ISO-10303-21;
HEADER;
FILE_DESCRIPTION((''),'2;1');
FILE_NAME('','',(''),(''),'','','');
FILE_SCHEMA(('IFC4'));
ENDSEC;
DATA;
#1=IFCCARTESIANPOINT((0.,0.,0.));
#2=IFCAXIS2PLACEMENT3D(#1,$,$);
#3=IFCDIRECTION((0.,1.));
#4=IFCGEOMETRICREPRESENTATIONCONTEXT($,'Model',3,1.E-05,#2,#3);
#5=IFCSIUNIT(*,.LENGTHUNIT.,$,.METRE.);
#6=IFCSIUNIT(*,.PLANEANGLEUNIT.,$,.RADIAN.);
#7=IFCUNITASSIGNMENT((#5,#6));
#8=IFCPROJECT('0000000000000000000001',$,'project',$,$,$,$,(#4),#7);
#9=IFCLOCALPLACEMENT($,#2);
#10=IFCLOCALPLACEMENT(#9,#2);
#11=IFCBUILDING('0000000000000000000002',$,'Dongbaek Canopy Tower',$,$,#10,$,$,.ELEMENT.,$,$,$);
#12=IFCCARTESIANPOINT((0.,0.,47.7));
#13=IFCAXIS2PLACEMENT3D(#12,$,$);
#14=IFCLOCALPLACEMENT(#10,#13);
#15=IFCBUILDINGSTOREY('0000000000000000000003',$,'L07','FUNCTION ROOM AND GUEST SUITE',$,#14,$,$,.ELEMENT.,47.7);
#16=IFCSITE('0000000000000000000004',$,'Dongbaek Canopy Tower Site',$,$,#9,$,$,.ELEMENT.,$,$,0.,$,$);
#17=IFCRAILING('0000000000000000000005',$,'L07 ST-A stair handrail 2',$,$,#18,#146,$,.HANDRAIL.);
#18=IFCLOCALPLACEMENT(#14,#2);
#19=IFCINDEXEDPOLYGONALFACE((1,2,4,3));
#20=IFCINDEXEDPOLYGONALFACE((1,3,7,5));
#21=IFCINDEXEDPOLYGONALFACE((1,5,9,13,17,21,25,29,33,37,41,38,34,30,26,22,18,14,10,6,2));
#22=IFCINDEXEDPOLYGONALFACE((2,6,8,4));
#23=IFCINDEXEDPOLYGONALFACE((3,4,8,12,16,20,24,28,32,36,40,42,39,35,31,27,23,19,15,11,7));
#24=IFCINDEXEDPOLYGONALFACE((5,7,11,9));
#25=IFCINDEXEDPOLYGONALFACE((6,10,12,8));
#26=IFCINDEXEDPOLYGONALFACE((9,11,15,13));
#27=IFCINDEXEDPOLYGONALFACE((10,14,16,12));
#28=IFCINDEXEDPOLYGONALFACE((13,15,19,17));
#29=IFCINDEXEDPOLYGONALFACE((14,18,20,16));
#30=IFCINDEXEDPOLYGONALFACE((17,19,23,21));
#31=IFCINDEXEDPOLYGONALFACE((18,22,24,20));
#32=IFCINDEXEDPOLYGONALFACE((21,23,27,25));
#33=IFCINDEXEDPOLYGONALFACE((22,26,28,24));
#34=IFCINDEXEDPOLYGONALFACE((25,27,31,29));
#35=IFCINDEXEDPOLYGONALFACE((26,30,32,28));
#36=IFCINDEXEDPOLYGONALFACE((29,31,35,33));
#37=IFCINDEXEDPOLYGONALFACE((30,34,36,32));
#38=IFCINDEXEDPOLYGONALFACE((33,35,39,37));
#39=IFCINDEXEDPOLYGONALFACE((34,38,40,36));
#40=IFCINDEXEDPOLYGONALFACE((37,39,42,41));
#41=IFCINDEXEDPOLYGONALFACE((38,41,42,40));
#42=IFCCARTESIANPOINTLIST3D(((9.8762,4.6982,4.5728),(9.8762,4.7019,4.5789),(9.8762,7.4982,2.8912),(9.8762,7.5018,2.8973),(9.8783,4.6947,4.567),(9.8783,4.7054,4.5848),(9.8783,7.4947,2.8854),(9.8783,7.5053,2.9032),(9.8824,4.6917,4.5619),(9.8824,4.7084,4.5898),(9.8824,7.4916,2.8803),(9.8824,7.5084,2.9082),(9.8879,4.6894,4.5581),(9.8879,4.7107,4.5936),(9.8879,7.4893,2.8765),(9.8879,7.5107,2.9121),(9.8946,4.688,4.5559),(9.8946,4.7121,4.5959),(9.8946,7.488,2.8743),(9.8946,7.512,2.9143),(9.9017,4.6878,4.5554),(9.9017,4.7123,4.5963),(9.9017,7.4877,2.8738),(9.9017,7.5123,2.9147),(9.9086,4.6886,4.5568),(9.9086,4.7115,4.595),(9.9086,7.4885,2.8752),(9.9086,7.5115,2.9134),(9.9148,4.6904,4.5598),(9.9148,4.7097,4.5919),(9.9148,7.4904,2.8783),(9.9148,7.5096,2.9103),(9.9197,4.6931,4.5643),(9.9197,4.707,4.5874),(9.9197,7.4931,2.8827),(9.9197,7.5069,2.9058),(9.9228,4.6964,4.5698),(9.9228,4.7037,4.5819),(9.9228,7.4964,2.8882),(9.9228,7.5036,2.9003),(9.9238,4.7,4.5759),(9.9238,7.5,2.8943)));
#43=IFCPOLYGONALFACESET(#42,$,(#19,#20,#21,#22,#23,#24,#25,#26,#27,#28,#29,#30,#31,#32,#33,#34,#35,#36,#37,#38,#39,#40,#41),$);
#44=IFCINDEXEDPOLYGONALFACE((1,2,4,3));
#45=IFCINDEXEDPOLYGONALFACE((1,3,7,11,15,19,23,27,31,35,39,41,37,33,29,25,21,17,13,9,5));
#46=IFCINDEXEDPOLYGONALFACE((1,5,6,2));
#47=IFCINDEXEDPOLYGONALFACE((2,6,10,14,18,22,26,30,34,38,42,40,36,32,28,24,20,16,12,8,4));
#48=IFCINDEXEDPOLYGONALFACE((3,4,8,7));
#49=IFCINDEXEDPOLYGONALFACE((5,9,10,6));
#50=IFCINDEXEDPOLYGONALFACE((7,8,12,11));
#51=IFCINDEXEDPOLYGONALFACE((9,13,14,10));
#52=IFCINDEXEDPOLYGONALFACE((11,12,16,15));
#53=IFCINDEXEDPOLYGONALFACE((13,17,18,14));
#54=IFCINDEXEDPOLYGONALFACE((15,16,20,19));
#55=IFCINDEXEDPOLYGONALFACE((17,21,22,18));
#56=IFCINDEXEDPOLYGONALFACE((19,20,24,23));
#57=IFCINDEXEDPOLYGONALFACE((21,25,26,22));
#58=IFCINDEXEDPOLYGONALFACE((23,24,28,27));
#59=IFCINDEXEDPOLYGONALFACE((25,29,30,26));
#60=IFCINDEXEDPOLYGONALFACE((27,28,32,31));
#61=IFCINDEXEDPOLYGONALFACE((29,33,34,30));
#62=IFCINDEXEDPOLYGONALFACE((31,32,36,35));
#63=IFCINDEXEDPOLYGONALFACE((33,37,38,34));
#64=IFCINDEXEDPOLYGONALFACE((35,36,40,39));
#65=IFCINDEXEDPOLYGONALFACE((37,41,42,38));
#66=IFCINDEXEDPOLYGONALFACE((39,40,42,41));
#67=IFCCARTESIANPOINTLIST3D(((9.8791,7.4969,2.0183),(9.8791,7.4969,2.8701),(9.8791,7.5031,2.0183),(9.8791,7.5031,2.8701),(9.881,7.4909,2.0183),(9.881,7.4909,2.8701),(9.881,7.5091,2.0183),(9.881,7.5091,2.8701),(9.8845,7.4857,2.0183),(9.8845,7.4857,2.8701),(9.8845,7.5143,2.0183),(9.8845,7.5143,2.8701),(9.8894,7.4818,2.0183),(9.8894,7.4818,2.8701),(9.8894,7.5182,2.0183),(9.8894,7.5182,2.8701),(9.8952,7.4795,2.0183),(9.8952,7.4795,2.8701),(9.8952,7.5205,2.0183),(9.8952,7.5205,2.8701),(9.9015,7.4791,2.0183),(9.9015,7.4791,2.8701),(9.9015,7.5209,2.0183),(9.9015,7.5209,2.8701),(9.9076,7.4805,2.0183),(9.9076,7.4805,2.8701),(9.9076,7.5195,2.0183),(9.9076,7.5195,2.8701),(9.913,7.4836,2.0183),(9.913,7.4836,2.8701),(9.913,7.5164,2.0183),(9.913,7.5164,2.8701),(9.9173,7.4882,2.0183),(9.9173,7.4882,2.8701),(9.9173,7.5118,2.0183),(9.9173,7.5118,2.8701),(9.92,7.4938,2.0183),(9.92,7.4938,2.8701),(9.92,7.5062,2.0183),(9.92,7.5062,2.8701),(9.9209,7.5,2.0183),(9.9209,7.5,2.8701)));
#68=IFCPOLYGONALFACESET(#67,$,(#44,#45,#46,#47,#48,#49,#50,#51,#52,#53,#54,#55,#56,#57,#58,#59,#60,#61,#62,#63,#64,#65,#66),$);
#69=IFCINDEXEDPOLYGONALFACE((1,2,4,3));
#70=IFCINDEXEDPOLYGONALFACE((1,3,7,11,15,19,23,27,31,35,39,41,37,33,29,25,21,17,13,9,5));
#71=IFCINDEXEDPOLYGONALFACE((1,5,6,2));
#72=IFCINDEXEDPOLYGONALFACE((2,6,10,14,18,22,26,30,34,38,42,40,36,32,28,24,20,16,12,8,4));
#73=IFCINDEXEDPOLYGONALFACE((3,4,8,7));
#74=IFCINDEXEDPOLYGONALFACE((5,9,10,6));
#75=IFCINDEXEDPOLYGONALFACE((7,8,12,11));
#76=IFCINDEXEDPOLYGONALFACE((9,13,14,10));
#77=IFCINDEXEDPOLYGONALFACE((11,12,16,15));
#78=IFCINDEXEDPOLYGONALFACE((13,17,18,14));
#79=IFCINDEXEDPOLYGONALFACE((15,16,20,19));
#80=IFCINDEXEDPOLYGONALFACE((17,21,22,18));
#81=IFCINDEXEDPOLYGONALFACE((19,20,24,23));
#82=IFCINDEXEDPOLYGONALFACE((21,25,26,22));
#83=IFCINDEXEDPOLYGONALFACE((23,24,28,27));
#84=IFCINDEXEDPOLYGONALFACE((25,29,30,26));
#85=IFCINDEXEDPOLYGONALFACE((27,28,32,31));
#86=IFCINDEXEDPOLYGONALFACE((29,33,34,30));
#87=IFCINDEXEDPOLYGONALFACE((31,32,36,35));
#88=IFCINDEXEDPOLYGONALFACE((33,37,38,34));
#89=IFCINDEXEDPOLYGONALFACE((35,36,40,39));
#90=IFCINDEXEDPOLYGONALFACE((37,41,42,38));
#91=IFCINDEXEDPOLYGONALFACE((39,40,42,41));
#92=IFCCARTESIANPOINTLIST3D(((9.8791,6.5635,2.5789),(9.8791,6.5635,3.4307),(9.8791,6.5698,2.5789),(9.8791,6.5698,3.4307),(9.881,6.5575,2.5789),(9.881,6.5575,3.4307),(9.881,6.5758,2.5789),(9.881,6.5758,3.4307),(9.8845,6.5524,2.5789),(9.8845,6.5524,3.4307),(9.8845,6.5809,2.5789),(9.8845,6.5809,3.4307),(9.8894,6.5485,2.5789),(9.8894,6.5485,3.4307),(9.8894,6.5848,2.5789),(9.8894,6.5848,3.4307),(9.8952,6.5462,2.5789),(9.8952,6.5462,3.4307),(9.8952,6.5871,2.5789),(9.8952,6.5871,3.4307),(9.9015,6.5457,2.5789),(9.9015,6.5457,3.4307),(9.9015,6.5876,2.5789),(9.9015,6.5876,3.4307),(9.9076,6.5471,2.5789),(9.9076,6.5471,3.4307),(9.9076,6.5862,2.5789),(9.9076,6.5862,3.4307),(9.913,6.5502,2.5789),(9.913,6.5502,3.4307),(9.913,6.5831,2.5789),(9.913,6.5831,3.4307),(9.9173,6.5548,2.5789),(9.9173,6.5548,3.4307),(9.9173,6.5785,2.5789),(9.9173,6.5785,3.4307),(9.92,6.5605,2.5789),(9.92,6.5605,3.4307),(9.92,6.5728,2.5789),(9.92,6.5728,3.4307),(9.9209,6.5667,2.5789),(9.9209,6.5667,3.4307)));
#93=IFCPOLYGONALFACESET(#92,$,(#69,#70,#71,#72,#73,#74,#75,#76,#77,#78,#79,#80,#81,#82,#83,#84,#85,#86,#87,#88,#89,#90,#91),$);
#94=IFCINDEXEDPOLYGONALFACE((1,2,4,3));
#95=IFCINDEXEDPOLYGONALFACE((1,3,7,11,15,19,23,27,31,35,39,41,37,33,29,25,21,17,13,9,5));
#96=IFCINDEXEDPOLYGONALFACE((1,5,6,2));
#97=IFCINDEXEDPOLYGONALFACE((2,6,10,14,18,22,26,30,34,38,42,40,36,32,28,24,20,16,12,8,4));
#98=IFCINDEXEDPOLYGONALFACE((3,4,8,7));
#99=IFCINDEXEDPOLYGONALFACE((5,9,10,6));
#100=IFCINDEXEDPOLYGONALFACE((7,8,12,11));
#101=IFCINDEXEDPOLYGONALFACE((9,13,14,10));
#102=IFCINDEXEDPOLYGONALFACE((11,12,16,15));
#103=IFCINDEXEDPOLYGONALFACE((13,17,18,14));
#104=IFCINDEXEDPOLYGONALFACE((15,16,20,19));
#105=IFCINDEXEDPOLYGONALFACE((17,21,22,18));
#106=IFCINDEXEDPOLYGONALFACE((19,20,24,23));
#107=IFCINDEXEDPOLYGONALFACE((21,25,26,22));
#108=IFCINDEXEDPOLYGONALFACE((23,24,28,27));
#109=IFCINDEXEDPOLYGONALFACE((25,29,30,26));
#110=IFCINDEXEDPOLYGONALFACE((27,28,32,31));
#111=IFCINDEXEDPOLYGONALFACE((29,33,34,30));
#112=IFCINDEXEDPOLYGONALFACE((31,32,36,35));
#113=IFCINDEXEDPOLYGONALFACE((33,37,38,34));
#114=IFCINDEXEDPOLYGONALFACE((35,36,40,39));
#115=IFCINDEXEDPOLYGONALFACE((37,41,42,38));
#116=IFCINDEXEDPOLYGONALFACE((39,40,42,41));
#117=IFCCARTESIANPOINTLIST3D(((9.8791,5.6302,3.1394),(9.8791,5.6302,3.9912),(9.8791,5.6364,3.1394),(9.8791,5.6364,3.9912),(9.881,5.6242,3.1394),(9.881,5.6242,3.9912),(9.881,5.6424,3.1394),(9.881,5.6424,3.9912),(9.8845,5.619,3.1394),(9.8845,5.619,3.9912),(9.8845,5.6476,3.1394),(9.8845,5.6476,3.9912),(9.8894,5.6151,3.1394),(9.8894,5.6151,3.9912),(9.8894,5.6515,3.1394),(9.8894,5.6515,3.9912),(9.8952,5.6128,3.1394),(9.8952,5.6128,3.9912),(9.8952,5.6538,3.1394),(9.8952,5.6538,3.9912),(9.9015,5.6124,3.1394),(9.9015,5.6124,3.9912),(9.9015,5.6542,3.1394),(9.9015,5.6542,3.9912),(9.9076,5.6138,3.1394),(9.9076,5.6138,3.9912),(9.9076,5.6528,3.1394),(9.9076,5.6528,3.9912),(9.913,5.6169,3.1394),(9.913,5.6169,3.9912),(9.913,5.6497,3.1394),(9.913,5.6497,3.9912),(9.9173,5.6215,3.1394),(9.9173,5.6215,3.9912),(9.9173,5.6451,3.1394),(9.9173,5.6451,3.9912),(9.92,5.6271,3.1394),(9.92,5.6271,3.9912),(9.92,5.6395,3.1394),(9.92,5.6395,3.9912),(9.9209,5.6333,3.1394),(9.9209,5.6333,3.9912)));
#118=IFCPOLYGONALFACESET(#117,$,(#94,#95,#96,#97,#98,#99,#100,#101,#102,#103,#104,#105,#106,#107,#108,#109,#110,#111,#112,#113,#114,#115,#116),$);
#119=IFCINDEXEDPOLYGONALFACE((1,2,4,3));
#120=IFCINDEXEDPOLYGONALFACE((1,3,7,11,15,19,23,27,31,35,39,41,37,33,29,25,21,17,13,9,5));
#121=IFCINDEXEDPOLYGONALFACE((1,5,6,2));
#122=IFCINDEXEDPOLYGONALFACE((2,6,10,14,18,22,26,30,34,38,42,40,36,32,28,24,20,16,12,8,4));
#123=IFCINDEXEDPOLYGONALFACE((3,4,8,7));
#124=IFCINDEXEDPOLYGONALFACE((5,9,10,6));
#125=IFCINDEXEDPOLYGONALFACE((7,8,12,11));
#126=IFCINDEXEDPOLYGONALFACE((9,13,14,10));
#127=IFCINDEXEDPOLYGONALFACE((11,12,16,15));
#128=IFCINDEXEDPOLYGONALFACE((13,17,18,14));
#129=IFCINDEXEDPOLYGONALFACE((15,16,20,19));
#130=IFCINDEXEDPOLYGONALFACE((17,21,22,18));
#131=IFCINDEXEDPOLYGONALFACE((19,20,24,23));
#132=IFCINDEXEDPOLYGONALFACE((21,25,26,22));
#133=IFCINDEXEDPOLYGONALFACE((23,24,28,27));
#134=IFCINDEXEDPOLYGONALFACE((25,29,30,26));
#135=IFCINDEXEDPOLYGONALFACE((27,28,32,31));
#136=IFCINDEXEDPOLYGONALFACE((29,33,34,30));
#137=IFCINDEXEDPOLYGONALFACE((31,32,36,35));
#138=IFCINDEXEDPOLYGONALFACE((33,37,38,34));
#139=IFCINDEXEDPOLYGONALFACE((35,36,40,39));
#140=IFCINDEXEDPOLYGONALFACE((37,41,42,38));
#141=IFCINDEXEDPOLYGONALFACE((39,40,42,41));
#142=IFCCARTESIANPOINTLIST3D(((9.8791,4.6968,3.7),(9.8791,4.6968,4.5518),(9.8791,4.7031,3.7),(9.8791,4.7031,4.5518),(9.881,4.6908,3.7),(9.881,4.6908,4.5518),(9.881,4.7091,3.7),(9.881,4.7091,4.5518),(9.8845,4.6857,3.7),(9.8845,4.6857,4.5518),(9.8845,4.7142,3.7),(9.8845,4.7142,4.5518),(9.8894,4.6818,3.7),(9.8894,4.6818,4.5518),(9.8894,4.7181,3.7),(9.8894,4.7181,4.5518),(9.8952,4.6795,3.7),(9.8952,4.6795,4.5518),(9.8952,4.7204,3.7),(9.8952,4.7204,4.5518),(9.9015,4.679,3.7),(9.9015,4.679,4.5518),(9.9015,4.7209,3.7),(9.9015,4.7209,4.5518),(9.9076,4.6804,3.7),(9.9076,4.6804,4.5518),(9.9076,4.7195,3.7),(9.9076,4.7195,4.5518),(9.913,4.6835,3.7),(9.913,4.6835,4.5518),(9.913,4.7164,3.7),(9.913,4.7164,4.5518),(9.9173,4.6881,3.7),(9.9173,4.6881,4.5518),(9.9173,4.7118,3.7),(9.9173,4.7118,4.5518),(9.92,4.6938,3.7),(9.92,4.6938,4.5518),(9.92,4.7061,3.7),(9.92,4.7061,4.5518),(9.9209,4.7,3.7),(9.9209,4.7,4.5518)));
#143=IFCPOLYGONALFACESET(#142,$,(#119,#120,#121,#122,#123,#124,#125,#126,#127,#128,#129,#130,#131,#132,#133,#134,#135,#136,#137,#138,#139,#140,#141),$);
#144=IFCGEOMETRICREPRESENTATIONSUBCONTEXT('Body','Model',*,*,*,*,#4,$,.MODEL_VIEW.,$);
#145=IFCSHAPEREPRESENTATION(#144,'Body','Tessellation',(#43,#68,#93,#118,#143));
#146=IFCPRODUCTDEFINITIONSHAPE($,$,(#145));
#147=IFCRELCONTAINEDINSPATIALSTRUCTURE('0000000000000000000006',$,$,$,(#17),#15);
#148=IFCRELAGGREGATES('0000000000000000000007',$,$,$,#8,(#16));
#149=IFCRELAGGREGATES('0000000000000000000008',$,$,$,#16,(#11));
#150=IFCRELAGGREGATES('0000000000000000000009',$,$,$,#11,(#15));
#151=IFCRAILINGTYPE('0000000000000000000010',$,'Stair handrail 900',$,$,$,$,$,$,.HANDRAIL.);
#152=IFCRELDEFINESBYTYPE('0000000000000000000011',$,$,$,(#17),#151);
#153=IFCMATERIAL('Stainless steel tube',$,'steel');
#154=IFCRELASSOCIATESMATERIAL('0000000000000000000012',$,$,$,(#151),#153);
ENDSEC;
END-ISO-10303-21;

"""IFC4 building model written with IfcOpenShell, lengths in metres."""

from ifc_helpers import new_model, si_unit, direction, frame, origin, origin_2d, place, context, subcontext, project, spatial, circle, extrude, material, type_object, element, save


model = new_model("IFC4")

# Units and contexts
model_context = context("Model", 3, precision=1e-05, world=origin(), true_north=direction((0.0, 1.0)))
body_context = subcontext(model_context, "Body", "Model", "MODEL_VIEW")
ifc_project = project(units=[si_unit("LENGTHUNIT", "METRE"), si_unit("PLANEANGLEUNIT", "RADIAN")], contexts=[model_context])

# Site, building, storey
site_placement = place(None, origin())
site = spatial("IfcSite", under=ifc_project, at=site_placement, Name="Dongbaek Canopy Tower Site", CompositionType="ELEMENT", RefElevation=0.0)
building_placement = place(site_placement, origin())
building = spatial("IfcBuilding", under=site, at=building_placement, Name="Dongbaek Canopy Tower", CompositionType="ELEMENT")
storey_placement = place(building_placement, frame((0.0, 0.0, 47.7)))
storey = spatial("IfcBuildingStorey", under=building, at=storey_placement, Name="L07", Description="FUNCTION ROOM AND GUEST SUITE", CompositionType="ELEMENT", Elevation=47.7)

# Railing
ifc_material_1 = material(Name="Stainless steel tube", Category="steel")
railing_type_1 = type_object("IfcRailingType", Name="Stair handrail 900", PredefinedType="HANDRAIL", material=ifc_material_1)
railing_1_placement = place(storey_placement, frame((9.8999, 7.5, 2.0183)))
element("IfcRailing", 1, at=railing_1_placement, inside=storey, type_object=railing_type_1, Name="L07 ST-A stair handrail 2", PredefinedType="HANDRAIL", context=body_context, shape_type="SweptSolid", body=[
    extrude(circle(Radius=0.0239, at=origin_2d()), frame((0.0, 0.0, 0.876), z_axis=(0.0, -0.857275, 0.514858), x_axis=(1.0, 0.0, 0.0)), (0.0, 0.0, 1.0), 3.2661),
    extrude(circle(Radius=0.021, at=origin_2d()), origin(), (0.0, 0.0, 1.0), 0.8518),
    extrude(circle(Radius=0.021, at=origin_2d()), frame((0.0, -0.9333, 0.5605)), (0.0, 0.0, 1.0), 0.8518),
    extrude(circle(Radius=0.021, at=origin_2d()), frame((0.0, -1.8667, 1.1211)), (0.0, 0.0, 1.0), 0.8518),
    extrude(circle(Radius=0.021, at=origin_2d()), frame((0.0, -2.8, 1.6816)), (0.0, 0.0, 1.0), 0.8518),
])

save(model, "model.ifc")
